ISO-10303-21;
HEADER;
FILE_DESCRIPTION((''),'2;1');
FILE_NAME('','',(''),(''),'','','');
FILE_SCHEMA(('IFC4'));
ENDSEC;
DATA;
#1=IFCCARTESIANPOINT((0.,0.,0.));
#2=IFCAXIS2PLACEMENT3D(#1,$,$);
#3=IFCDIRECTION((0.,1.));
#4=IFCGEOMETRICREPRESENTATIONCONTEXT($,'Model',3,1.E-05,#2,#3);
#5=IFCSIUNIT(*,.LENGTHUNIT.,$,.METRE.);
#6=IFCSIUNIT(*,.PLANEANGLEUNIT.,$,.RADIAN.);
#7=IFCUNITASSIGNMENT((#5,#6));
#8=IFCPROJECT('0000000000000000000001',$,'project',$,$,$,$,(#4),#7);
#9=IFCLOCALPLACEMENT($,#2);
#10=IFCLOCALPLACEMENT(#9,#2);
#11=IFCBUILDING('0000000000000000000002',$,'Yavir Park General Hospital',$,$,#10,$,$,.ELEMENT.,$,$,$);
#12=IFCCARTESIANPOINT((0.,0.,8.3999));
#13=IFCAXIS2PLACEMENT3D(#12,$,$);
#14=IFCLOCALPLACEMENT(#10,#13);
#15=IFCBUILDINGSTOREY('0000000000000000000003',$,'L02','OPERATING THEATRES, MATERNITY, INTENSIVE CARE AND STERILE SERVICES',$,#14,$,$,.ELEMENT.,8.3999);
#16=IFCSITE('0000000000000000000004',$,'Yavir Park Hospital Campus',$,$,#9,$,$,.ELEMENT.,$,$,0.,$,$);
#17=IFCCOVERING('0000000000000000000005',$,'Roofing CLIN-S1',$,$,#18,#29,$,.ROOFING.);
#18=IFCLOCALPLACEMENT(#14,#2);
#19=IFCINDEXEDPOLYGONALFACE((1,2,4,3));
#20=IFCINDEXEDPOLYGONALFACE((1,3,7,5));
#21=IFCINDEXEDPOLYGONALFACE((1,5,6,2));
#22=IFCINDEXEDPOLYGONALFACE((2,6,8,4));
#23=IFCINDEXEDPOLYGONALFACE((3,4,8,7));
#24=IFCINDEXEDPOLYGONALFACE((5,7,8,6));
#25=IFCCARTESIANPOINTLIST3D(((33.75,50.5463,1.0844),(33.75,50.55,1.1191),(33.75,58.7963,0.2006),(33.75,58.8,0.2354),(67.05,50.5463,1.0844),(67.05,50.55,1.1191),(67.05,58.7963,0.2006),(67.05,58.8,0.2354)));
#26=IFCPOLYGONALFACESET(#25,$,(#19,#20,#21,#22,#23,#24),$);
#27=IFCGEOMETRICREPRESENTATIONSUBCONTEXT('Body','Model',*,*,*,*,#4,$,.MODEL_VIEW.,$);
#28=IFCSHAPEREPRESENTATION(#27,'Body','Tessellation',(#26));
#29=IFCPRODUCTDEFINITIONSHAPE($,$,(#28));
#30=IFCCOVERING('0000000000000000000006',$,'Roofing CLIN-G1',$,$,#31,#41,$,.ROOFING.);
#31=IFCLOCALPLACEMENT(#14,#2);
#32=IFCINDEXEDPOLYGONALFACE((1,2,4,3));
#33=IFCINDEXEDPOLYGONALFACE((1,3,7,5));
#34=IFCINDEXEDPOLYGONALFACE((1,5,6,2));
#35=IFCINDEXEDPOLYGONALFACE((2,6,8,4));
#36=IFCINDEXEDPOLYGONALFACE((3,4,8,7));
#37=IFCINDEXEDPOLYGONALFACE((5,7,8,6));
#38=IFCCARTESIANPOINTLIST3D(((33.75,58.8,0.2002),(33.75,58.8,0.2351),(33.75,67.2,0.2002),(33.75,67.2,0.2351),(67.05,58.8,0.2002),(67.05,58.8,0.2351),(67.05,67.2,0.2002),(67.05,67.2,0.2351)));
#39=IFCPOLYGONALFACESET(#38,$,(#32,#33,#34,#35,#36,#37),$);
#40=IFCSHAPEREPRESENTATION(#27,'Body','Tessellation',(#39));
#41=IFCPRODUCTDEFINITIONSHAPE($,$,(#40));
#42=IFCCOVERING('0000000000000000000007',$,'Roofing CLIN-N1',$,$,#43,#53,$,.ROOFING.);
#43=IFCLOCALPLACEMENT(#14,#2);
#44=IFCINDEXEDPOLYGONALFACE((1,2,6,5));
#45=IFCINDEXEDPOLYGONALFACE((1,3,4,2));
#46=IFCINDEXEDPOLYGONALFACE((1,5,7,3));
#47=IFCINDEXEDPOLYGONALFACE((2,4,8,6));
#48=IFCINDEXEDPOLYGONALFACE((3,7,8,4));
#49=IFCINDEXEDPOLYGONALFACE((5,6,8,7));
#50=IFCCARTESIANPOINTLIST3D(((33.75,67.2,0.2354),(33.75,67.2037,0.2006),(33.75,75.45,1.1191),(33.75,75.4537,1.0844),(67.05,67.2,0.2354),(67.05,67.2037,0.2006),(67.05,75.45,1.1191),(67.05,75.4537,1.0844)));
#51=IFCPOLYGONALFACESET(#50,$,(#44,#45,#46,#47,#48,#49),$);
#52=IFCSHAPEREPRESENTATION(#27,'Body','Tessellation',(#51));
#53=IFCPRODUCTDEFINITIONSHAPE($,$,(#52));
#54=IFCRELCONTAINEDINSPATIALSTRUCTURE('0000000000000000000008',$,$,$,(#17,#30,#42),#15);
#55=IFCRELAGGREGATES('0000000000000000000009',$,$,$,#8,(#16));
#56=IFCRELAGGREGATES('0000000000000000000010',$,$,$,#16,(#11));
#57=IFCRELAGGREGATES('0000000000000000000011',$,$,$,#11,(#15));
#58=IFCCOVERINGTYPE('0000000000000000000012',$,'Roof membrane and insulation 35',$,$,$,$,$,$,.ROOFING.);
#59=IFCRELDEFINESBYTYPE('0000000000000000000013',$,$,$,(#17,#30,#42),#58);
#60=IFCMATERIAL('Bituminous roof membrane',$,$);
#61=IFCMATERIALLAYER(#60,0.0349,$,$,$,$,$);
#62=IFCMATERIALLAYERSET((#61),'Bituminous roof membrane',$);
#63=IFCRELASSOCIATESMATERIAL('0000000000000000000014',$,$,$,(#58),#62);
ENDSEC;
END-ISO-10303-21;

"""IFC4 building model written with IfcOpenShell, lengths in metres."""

from ifc_helpers import new_model, si_unit, direction, frame, origin, place, context, subcontext, project, spatial, polyline, outline, extrude, material, layer, layer_set, type_object, element, save


model = new_model("IFC4")

# Units and contexts
model_context = context("Model", 3, precision=1e-05, world=origin(), true_north=direction((0.0, 1.0)))
body_context = subcontext(model_context, "Body", "Model", "MODEL_VIEW")
ifc_project = project(units=[si_unit("LENGTHUNIT", "METRE"), si_unit("PLANEANGLEUNIT", "RADIAN")], contexts=[model_context])

# Site, building, storey
site_placement = place(None, origin())
site = spatial("IfcSite", under=ifc_project, at=site_placement, Name="Yavir Park Hospital Campus", CompositionType="ELEMENT", RefElevation=0.0)
building_placement = place(site_placement, origin())
building = spatial("IfcBuilding", under=site, at=building_placement, Name="Yavir Park General Hospital", CompositionType="ELEMENT")
storey_placement = place(building_placement, frame((0.0, 0.0, 8.3999)))
storey = spatial("IfcBuildingStorey", under=building, at=storey_placement, Name="L02", Description="OPERATING THEATRES, MATERNITY, INTENSIVE CARE AND STERILE SERVICES", CompositionType="ELEMENT", Elevation=8.3999)

# Coverings
ifc_material_1 = material(Name="Bituminous roof membrane")
ifc_layer_1 = layer(ifc_material_1, 0.0349)
ifc_layer_set_1 = layer_set([ifc_layer_1], Name="Bituminous roof membrane")
covering_type = type_object("IfcCoveringType", Name="Roof membrane and insulation 35", PredefinedType="ROOFING", material=ifc_layer_set_1)
covering_1_placement = place(storey_placement, frame((33.75, 50.55, 1.1191), z_axis=(0.0, 0.106517, 0.994311), x_axis=(1.0, 0.0, 0.0)))
element("IfcCovering", 1, at=covering_1_placement, inside=storey, type_object=covering_type, Name="Roofing CLIN-S1", PredefinedType="ROOFING", context=body_context, shape_type="SweptSolid", body=[
    extrude(outline(polyline([(0.0, 0.0), (33.3, 0.0), (33.3, 8.2972), (0.0, 8.2972), (0.0, 0.0)])), origin(), (0.0, 0.0, -1.0), 0.0349),
])
covering_2_placement = place(storey_placement, frame((33.75, 58.8, 0.2351), z_axis=(0.0, 0.0, 1.0), x_axis=(1.0, 0.0, 0.0)))
element("IfcCovering", 2, at=covering_2_placement, inside=storey, type_object=covering_type, Name="Roofing CLIN-G1", PredefinedType="ROOFING", context=body_context, shape_type="SweptSolid", body=[
    extrude(outline(polyline([(0.0, 0.0), (33.3, 0.0), (33.3, 8.3999), (0.0, 8.3999), (0.0, 0.0)])), origin(), (0.0, 0.0, -1.0), 0.0349),
])
covering_3_placement = place(storey_placement, frame((33.75, 67.2, 0.2354), z_axis=(0.0, -0.106517, 0.994311), x_axis=(1.0, 0.0, 0.0)))
element("IfcCovering", 3, at=covering_3_placement, inside=storey, type_object=covering_type, Name="Roofing CLIN-N1", PredefinedType="ROOFING", context=body_context, shape_type="SweptSolid", body=[
    extrude(outline(polyline([(0.0, 0.0), (33.3, 0.0), (33.3, 8.2972), (0.0, 8.2972), (0.0, 0.0)])), origin(), (0.0, 0.0, -1.0), 0.0349),
])

save(model, "model.ifc")
